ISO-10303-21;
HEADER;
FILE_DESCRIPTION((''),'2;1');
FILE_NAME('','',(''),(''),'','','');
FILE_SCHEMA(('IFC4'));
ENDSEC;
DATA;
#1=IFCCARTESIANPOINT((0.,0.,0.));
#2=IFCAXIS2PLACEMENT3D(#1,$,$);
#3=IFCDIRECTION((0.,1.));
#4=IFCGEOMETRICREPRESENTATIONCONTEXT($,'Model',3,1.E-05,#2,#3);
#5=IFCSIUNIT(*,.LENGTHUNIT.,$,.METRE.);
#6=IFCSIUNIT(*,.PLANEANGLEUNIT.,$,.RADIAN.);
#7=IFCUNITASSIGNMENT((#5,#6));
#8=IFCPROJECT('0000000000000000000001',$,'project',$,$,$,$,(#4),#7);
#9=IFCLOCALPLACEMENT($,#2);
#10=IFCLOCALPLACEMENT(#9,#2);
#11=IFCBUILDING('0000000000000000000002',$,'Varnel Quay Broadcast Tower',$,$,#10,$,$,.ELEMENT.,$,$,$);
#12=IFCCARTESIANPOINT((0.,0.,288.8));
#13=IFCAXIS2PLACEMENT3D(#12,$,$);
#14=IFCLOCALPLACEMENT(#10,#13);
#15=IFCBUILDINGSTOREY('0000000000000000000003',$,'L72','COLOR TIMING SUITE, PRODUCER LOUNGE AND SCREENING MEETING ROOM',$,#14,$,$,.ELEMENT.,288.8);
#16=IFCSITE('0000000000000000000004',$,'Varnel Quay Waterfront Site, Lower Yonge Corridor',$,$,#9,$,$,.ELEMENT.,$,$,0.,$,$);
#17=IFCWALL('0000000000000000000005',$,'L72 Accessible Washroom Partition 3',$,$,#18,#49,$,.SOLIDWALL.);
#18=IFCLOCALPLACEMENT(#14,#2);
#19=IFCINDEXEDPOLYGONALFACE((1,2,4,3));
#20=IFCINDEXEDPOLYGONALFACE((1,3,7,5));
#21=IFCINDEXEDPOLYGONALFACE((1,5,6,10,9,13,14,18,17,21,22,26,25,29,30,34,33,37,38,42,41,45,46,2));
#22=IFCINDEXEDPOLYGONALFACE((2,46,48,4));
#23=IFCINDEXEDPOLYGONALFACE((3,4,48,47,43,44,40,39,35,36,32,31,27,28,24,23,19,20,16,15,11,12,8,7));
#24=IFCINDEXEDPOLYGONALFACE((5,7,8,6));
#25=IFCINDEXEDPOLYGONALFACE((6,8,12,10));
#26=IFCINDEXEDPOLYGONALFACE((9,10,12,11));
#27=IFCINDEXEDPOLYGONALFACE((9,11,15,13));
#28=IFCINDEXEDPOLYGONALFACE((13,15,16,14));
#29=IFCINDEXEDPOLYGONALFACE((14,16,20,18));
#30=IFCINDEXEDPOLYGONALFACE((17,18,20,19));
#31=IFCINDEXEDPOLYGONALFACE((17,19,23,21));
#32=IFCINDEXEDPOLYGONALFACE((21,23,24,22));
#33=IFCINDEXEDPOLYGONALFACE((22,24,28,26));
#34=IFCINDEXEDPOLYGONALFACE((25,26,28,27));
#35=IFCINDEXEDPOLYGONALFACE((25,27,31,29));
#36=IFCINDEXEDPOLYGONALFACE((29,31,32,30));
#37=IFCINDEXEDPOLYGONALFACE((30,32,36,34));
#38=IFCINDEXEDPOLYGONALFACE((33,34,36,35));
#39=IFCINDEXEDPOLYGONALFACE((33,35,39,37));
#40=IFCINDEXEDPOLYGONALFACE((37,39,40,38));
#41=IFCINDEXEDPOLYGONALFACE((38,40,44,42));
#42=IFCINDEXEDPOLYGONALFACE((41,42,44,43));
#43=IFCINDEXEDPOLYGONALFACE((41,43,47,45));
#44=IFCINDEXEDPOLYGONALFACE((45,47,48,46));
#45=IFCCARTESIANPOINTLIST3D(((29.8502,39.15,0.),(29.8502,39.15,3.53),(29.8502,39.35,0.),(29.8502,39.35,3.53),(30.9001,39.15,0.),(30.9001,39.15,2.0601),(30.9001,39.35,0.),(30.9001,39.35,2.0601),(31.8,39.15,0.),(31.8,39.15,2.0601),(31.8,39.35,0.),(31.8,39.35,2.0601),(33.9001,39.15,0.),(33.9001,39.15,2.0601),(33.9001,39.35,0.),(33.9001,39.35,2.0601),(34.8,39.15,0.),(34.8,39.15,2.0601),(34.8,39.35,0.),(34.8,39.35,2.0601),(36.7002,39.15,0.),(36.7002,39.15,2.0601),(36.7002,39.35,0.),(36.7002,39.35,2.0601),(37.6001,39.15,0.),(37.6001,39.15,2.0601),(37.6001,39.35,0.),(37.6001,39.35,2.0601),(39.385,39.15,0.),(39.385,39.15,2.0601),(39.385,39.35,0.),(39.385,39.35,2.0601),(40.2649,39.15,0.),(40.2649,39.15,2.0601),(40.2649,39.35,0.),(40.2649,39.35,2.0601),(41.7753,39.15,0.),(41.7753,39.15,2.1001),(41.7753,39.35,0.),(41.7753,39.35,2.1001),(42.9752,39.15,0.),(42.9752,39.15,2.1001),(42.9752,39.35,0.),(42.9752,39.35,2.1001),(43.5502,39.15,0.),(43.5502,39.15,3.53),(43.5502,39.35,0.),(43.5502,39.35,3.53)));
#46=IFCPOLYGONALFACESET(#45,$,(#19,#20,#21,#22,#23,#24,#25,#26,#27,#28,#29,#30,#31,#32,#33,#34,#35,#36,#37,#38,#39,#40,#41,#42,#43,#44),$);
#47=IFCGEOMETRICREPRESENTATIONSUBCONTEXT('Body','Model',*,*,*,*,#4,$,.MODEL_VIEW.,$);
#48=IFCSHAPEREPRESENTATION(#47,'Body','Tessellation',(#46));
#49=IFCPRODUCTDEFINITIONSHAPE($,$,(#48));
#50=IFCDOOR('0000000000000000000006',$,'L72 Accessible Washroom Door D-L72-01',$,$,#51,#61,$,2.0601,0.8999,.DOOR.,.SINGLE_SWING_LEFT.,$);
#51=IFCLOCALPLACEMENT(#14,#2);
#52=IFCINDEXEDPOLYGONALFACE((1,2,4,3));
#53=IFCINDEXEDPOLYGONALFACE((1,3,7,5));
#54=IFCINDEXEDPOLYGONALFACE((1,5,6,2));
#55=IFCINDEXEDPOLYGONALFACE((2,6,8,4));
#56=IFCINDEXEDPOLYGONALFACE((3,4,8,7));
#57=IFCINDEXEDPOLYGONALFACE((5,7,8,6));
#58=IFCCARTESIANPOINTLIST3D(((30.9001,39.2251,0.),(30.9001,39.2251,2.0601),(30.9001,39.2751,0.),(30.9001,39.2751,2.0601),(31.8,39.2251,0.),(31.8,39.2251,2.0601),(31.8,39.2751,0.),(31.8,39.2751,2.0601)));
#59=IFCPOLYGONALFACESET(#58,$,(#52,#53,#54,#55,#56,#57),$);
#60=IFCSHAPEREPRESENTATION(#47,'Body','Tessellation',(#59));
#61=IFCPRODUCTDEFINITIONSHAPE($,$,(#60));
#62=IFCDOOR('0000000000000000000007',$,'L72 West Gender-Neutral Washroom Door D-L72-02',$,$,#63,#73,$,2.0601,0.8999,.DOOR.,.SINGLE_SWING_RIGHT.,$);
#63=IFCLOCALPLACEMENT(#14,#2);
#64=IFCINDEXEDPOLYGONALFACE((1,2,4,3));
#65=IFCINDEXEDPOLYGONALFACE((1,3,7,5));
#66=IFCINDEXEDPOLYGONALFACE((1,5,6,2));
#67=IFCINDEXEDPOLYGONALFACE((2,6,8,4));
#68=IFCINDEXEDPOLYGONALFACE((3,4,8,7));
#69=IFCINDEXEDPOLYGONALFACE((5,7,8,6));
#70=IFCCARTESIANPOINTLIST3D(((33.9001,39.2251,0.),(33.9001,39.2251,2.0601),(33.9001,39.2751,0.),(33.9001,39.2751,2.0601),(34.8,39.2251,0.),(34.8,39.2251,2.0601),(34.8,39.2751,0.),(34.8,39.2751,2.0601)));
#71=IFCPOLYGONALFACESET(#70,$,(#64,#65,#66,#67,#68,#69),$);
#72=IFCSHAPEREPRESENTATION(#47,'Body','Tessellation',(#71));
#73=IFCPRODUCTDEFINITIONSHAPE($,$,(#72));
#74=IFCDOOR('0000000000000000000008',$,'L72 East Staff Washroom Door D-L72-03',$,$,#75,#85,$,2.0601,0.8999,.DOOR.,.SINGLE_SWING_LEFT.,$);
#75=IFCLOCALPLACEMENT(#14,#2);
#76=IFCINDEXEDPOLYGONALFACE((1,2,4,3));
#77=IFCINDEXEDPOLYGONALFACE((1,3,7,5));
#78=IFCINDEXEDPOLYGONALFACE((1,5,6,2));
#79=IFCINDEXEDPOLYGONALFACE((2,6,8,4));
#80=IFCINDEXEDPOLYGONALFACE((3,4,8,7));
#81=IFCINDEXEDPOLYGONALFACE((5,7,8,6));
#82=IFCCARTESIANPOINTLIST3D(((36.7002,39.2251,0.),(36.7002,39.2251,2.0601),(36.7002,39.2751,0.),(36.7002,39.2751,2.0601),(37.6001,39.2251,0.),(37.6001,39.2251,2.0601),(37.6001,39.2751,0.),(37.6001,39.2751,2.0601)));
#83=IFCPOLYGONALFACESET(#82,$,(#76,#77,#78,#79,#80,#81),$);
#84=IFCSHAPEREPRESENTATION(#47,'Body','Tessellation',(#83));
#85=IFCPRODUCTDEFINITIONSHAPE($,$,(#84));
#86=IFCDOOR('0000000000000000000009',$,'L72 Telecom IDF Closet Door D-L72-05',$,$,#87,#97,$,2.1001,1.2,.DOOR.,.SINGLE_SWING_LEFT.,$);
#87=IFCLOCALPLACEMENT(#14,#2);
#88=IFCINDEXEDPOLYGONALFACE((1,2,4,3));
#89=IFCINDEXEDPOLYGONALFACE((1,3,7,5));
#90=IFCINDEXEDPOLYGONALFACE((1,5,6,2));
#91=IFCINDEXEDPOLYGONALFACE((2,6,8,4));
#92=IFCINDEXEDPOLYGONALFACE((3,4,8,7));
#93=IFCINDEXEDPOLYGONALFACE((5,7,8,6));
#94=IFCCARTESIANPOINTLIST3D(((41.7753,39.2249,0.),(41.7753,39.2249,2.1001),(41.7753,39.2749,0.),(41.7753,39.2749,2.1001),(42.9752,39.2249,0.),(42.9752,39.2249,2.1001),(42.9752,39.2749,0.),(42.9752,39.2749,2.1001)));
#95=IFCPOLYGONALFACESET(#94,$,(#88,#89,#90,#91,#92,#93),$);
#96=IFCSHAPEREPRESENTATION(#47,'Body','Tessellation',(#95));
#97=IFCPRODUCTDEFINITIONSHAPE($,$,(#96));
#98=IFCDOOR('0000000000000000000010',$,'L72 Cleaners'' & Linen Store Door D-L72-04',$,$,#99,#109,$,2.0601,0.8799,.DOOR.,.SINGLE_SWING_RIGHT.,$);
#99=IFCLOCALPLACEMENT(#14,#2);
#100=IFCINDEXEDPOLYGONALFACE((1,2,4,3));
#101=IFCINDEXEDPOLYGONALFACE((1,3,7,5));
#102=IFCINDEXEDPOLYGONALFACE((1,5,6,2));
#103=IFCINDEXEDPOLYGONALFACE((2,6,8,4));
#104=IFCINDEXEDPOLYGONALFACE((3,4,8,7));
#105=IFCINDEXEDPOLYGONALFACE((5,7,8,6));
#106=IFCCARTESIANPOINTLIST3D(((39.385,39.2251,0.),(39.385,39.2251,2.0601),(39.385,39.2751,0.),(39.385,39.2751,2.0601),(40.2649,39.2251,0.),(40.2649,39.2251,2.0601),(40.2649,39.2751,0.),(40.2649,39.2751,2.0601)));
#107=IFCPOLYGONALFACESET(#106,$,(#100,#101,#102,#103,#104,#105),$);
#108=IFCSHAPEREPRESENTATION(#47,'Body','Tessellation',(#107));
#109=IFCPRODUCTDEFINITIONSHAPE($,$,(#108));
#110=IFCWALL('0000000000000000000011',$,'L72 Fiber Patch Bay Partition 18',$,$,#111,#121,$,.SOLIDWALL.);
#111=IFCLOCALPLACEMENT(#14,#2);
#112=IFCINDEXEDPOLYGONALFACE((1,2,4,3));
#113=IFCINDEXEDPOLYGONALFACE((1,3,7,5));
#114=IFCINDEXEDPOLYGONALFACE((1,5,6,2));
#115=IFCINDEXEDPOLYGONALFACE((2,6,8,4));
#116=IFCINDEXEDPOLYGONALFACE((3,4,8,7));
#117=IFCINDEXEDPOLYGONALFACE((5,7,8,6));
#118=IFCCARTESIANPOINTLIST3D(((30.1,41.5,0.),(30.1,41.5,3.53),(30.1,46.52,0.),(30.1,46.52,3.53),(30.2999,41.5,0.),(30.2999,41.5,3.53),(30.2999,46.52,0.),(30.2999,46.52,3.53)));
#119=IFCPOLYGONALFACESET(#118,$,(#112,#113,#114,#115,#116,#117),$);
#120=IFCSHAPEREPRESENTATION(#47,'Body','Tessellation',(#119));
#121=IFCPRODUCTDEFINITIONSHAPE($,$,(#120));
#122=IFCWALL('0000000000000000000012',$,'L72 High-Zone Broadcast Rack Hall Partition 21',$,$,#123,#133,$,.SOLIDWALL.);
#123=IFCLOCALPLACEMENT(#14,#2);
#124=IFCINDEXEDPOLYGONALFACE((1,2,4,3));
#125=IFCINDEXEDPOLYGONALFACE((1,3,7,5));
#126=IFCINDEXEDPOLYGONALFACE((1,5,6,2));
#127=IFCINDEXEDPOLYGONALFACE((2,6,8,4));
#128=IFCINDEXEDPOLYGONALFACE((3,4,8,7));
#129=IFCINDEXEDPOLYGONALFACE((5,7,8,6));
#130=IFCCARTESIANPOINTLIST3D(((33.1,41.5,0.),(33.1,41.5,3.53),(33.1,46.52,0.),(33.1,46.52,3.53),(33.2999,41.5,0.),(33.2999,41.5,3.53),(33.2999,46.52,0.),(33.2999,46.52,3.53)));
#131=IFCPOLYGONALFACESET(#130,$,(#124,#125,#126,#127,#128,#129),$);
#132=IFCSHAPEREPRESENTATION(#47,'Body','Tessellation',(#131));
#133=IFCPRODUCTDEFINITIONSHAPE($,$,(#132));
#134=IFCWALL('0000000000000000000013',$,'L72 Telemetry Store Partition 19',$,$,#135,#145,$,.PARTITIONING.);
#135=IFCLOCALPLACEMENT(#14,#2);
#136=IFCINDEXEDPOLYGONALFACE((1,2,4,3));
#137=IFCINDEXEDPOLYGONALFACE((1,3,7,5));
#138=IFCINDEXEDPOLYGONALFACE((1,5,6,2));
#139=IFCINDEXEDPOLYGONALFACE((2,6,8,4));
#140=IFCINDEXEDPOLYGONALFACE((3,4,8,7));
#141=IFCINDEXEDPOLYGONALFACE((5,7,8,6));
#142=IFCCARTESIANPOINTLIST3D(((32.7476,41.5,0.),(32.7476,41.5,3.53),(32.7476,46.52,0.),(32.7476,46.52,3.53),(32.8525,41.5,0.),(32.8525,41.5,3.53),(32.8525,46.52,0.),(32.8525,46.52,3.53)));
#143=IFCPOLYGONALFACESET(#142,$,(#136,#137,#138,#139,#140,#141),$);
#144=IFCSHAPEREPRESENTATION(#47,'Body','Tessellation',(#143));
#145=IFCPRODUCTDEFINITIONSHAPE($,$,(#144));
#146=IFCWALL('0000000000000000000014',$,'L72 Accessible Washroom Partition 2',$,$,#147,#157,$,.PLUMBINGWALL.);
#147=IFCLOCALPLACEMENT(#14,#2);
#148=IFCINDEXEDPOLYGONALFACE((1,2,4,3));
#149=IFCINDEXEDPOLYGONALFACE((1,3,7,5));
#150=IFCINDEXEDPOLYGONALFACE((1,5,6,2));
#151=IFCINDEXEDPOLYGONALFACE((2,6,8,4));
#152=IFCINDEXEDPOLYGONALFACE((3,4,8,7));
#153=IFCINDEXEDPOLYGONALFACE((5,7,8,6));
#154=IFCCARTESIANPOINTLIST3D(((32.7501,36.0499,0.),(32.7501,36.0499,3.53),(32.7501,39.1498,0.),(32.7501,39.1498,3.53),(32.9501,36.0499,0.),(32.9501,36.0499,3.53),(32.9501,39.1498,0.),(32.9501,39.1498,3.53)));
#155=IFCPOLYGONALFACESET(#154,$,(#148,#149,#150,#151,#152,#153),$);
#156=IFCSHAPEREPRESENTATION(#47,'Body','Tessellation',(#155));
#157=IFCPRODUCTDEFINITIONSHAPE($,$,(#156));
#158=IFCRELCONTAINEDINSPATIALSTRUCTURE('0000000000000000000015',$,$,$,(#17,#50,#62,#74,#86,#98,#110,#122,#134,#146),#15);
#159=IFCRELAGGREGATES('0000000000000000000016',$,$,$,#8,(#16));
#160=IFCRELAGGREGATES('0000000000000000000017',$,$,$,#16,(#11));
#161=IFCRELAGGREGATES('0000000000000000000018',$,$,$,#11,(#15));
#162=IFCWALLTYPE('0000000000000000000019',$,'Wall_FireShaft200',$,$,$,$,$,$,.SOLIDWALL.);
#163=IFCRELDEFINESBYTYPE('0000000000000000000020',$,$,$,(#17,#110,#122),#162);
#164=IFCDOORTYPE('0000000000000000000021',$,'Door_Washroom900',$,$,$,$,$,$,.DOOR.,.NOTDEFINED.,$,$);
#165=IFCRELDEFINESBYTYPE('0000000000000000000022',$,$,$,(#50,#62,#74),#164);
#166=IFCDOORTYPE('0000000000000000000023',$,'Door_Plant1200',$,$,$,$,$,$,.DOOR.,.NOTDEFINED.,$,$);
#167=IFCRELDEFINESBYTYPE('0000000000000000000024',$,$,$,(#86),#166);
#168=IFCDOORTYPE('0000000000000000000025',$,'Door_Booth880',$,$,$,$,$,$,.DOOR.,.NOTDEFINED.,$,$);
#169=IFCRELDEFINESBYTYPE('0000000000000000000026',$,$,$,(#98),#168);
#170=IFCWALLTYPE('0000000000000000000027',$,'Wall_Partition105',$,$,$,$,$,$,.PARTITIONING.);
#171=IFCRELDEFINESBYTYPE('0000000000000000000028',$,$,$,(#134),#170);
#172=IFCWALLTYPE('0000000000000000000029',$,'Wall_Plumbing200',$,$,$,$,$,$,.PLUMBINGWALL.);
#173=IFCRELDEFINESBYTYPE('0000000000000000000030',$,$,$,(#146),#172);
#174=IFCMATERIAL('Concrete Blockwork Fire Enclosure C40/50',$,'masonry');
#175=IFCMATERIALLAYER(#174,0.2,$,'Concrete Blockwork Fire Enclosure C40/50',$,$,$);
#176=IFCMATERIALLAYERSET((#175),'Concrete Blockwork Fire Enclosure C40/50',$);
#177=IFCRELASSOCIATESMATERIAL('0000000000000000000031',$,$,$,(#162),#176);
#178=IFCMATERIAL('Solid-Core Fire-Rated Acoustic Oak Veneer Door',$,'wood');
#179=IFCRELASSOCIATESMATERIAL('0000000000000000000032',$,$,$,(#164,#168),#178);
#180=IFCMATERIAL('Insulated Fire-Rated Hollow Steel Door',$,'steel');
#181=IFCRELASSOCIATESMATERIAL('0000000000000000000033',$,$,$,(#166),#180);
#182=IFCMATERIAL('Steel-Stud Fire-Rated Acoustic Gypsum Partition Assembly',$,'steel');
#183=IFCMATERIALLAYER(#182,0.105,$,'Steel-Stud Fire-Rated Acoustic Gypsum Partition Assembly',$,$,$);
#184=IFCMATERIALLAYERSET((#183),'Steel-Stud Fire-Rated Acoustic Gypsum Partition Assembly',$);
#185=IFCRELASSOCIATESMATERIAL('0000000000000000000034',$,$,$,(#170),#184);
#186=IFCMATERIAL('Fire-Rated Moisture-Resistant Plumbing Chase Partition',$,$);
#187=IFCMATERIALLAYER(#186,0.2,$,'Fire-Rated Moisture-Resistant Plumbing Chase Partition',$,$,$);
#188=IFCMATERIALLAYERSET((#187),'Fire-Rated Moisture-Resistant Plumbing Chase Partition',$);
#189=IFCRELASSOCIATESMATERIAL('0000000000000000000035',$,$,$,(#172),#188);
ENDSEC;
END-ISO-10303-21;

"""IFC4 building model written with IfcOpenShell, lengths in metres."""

from ifc_helpers import new_model, si_unit, direction, frame, frame_2d, origin, place, context, subcontext, project, spatial, rectangle, extrude, source, transform, mapped, material, layer, layer_set, type_object, type_shapes, element, fill, save


model = new_model("IFC4")

# Units and contexts
model_context = context("Model", 3, precision=1e-05, world=origin(), true_north=direction((0.0, 1.0)))
body_context = subcontext(model_context, "Body", "Model", "MODEL_VIEW")
ifc_project = project(units=[si_unit("LENGTHUNIT", "METRE"), si_unit("PLANEANGLEUNIT", "RADIAN")], contexts=[model_context])

# Site, building, storey
site_placement = place(None, origin())
site = spatial("IfcSite", under=ifc_project, at=site_placement, Name="Varnel Quay Waterfront Site, Lower Yonge Corridor", CompositionType="ELEMENT", RefElevation=0.0)
building_placement = place(site_placement, origin())
building = spatial("IfcBuilding", under=site, at=building_placement, Name="Varnel Quay Broadcast Tower", CompositionType="ELEMENT")
storey_placement = place(building_placement, frame((0.0, 0.0, 288.8)))
storey = spatial("IfcBuildingStorey", under=building, at=storey_placement, Name="L72", Description="COLOR TIMING SUITE, PRODUCER LOUNGE AND SCREENING MEETING ROOM", CompositionType="ELEMENT", Elevation=288.8)

# Shared definitions
ifc_material_1 = material(Name="Concrete Blockwork Fire Enclosure C40/50", Category="masonry")
ifc_layer_1 = layer(ifc_material_1, 0.2, Name="Concrete Blockwork Fire Enclosure C40/50")
ifc_layer_set_1 = layer_set([ifc_layer_1], Name="Concrete Blockwork Fire Enclosure C40/50")
wall_type_1 = type_object("IfcWallType", Name="Wall_FireShaft200", PredefinedType="SOLIDWALL", material=ifc_layer_set_1)

# Wall, openings, doors
wall_1_placement = place(storey_placement, frame((29.8501, 39.25, 0.0), z_axis=(0.0, 0.0, 1.0), x_axis=(1.0, 0.0, 0.0)))
wall_1 = element("IfcWall", 1, at=wall_1_placement, inside=storey, type_object=wall_type_1, Name="L72 Accessible Washroom Partition 3", PredefinedType="SOLIDWALL", context=body_context, shape_type="SweptSolid", body=[
    extrude(rectangle(XDim=13.7, YDim=0.2, at=frame_2d((6.8501, 0.0))), origin(), (0.0, 0.0, 1.0), 3.53),
])
opening_1_placement = place(wall_1_placement, frame((1.05, 0.0, 0.0)))
opening_1 = element("IfcOpeningElement", 2, at=opening_1_placement, cuts=wall_1, PredefinedType="OPENING", context=body_context, shape_type="SweptSolid", body=[
    extrude(rectangle(XDim=0.8999, YDim=2.0601, at=frame_2d((0.45, 1.03))), frame((0.0, 0.1099, 0.0), z_axis=(0.0, -1.0, 0.0), x_axis=(1.0, 0.0, 0.0)), (0.0, 0.0, 1.0), 0.22),
])
opening_2_placement = place(wall_1_placement, frame((4.05, 0.0, 0.0)))
opening_2 = element("IfcOpeningElement", 3, at=opening_2_placement, cuts=wall_1, PredefinedType="OPENING", context=body_context, shape_type="SweptSolid", body=[
    extrude(rectangle(XDim=0.8999, YDim=2.0601, at=frame_2d((0.45, 1.03))), frame((0.0, 0.1099, 0.0), z_axis=(0.0, -1.0, 0.0), x_axis=(1.0, 0.0, 0.0)), (0.0, 0.0, 1.0), 0.22),
])
opening_3_placement = place(wall_1_placement, frame((6.8501, 0.0, 0.0)))
opening_3 = element("IfcOpeningElement", 4, at=opening_3_placement, cuts=wall_1, PredefinedType="OPENING", context=body_context, shape_type="SweptSolid", body=[
    extrude(rectangle(XDim=0.8999, YDim=2.0601, at=frame_2d((0.45, 1.03))), frame((0.0, 0.1099, 0.0), z_axis=(0.0, -1.0, 0.0), x_axis=(1.0, 0.0, 0.0)), (0.0, 0.0, 1.0), 0.22),
])
opening_4_placement = place(wall_1_placement, frame((9.5349, 0.0, 0.0)))
opening_4 = element("IfcOpeningElement", 5, at=opening_4_placement, cuts=wall_1, PredefinedType="OPENING", context=body_context, shape_type="SweptSolid", body=[
    extrude(rectangle(XDim=0.8799, YDim=2.0601, at=frame_2d((0.4399, 1.03))), frame((0.0, 0.1099, 0.0), z_axis=(0.0, -1.0, 0.0), x_axis=(1.0, 0.0, 0.0)), (0.0, 0.0, 1.0), 0.22),
])
opening_5_placement = place(wall_1_placement, frame((11.925, 0.0, 0.0)))
opening_5 = element("IfcOpeningElement", 6, at=opening_5_placement, cuts=wall_1, PredefinedType="OPENING", context=body_context, shape_type="SweptSolid", body=[
    extrude(rectangle(XDim=1.2, YDim=2.1001, at=frame_2d((0.6001, 1.05))), frame((0.0, 0.1099, 0.0), z_axis=(0.0, -1.0, 0.0), x_axis=(1.0, 0.0, 0.0)), (0.0, 0.0, 1.0), 0.22),
])
ifc_material_2 = material(Name="Solid-Core Fire-Rated Acoustic Oak Veneer Door", Category="wood")
door_type_1 = type_object("IfcDoorType", Name="Door_Washroom900", OperationType="NOTDEFINED", PredefinedType="DOOR", material=ifc_material_2)
shared_shape_1 = source(origin(), body_context, "Body", "SweptSolid", [
    extrude(rectangle(XDim=0.8999, YDim=2.0601, at=frame_2d((0.45, 1.03))), frame((0.0, 0.0249, 0.0), z_axis=(0.0, -1.0, 0.0), x_axis=(1.0, 0.0, 0.0)), (0.0, 0.0, 1.0), 0.05),
])
type_shapes(door_type_1, [shared_shape_1])
door_1_placement = place(opening_1_placement, frame((0.8999, 0.0, 0.0), z_axis=(0.0, 0.0, 1.0), x_axis=(-1.0, 0.0, 0.0)))
door_1 = element("IfcDoor", 7, at=door_1_placement, inside=storey, type_object=door_type_1, Name="L72 Accessible Washroom Door D-L72-01", OperationType="SINGLE_SWING_LEFT", OverallHeight=2.0601, OverallWidth=0.8999, PredefinedType="DOOR", context=body_context, shape_type="MappedRepresentation", body=[
    mapped(shared_shape_1, transform((0.0, 0.0, 0.0), x_axis=(1.0, 0.0, 0.0), y_axis=(0.0, 1.0, 0.0), z_axis=(0.0, 0.0, 1.0), scale=1.0)),
])
fill(opening_1, door_1)
door_2_placement = place(opening_2_placement, frame((0.8999, 0.0, 0.0), z_axis=(0.0, 0.0, 1.0), x_axis=(-1.0, 0.0, 0.0)))
door_2 = element("IfcDoor", 8, at=door_2_placement, inside=storey, type_object=door_type_1, Name="L72 West Gender-Neutral Washroom Door D-L72-02", OperationType="SINGLE_SWING_RIGHT", OverallHeight=2.0601, OverallWidth=0.8999, PredefinedType="DOOR", context=body_context, shape_type="MappedRepresentation", body=[
    mapped(shared_shape_1, transform((0.0, 0.0, 0.0), x_axis=(1.0, 0.0, 0.0), y_axis=(0.0, 1.0, 0.0), z_axis=(0.0, 0.0, 1.0), scale=1.0)),
])
fill(opening_2, door_2)
door_3_placement = place(opening_3_placement, frame((0.8999, 0.0, 0.0), z_axis=(0.0, 0.0, 1.0), x_axis=(-1.0, 0.0, 0.0)))
door_3 = element("IfcDoor", 9, at=door_3_placement, inside=storey, type_object=door_type_1, Name="L72 East Staff Washroom Door D-L72-03", OperationType="SINGLE_SWING_LEFT", OverallHeight=2.0601, OverallWidth=0.8999, PredefinedType="DOOR", context=body_context, shape_type="MappedRepresentation", body=[
    mapped(shared_shape_1, transform((0.0, 0.0, 0.0), x_axis=(1.0, 0.0, 0.0), y_axis=(0.0, 1.0, 0.0), z_axis=(0.0, 0.0, 1.0), scale=1.0)),
])
fill(opening_3, door_3)
ifc_material_3 = material(Name="Insulated Fire-Rated Hollow Steel Door", Category="steel")
door_type_2 = type_object("IfcDoorType", Name="Door_Plant1200", OperationType="NOTDEFINED", PredefinedType="DOOR", material=ifc_material_3)
shared_shape_2 = source(origin(), body_context, "Body", "SweptSolid", [
    extrude(rectangle(XDim=1.2, YDim=2.1001, at=frame_2d((0.6001, 1.05))), frame((0.0, 0.0249, 0.0), z_axis=(0.0, -1.0, 0.0), x_axis=(1.0, 0.0, 0.0)), (0.0, 0.0, 1.0), 0.05),
])
type_shapes(door_type_2, [shared_shape_2])
door_4_placement = place(opening_5_placement, origin())
door_4 = element("IfcDoor", 10, at=door_4_placement, inside=storey, type_object=door_type_2, Name="L72 Telecom IDF Closet Door D-L72-05", OperationType="SINGLE_SWING_LEFT", OverallHeight=2.1001, OverallWidth=1.2, PredefinedType="DOOR", context=body_context, shape_type="MappedRepresentation", body=[
    mapped(shared_shape_2, transform((0.0, 0.0, 0.0), x_axis=(1.0, 0.0, 0.0), y_axis=(0.0, 1.0, 0.0), z_axis=(0.0, 0.0, 1.0), scale=1.0)),
])
fill(opening_5, door_4)
door_type_3 = type_object("IfcDoorType", Name="Door_Booth880", OperationType="NOTDEFINED", PredefinedType="DOOR", material=ifc_material_2)
shared_shape_3 = source(origin(), body_context, "Body", "SweptSolid", [
    extrude(rectangle(XDim=0.8799, YDim=2.0601, at=frame_2d((0.4399, 1.03))), frame((0.0, 0.0249, 0.0), z_axis=(0.0, -1.0, 0.0), x_axis=(1.0, 0.0, 0.0)), (0.0, 0.0, 1.0), 0.05),
])
type_shapes(door_type_3, [shared_shape_3])
door_5_placement = place(opening_4_placement, frame((0.8799, 0.0, 0.0), z_axis=(0.0, 0.0, 1.0), x_axis=(-1.0, 0.0, 0.0)))
door_5 = element("IfcDoor", 11, at=door_5_placement, inside=storey, type_object=door_type_3, Name="L72 Cleaners' & Linen Store Door D-L72-04", OperationType="SINGLE_SWING_RIGHT", OverallHeight=2.0601, OverallWidth=0.8799, PredefinedType="DOOR", context=body_context, shape_type="MappedRepresentation", body=[
    mapped(shared_shape_3, transform((0.0, 0.0, 0.0), x_axis=(1.0, 0.0, 0.0), y_axis=(0.0, 1.0, 0.0), z_axis=(0.0, 0.0, 1.0), scale=1.0)),
])
fill(opening_4, door_5)

# Walls
for number, where, z_axis, x_axis, name in (
    (12, (30.2, 41.5, 0.0), (0.0, 0.0, 1.0), (0.0, 1.0, 0.0), "L72 Fiber Patch Bay Partition 18"),
    (13, (33.2, 41.5, 0.0), (0.0, 0.0, 1.0), (0.0, 1.0, 0.0), "L72 High-Zone Broadcast Rack Hall Partition 21"),
):
    element("IfcWall", number, at=place(storey_placement, frame(where, z_axis=z_axis, x_axis=x_axis)), inside=storey, type_object=wall_type_1, Name=name, PredefinedType="SOLIDWALL", context=body_context, shape_type="SweptSolid", body=[
        extrude(rectangle(XDim=5.02, YDim=0.2, at=frame_2d((2.51, 0.0))), origin(), (0.0, 0.0, 1.0), 3.53),
    ])
ifc_material_4 = material(Name="Steel-Stud Fire-Rated Acoustic Gypsum Partition Assembly", Category="steel")
ifc_layer_2 = layer(ifc_material_4, 0.105, Name="Steel-Stud Fire-Rated Acoustic Gypsum Partition Assembly")
ifc_layer_set_2 = layer_set([ifc_layer_2], Name="Steel-Stud Fire-Rated Acoustic Gypsum Partition Assembly")
wall_type_2 = type_object("IfcWallType", Name="Wall_Partition105", PredefinedType="PARTITIONING", material=ifc_layer_set_2)
wall_2_placement = place(storey_placement, frame((32.8, 41.5, 0.0), z_axis=(0.0, 0.0, 1.0), x_axis=(0.0, 1.0, 0.0)))
element("IfcWall", 14, at=wall_2_placement, inside=storey, type_object=wall_type_2, Name="L72 Telemetry Store Partition 19", PredefinedType="PARTITIONING", context=body_context, shape_type="SweptSolid", body=[
    extrude(rectangle(XDim=5.02, YDim=0.105, at=frame_2d((2.51, 0.0))), origin(), (0.0, 0.0, 1.0), 3.53),
])
ifc_material_5 = material(Name="Fire-Rated Moisture-Resistant Plumbing Chase Partition")
ifc_layer_3 = layer(ifc_material_5, 0.2, Name="Fire-Rated Moisture-Resistant Plumbing Chase Partition")
ifc_layer_set_3 = layer_set([ifc_layer_3], Name="Fire-Rated Moisture-Resistant Plumbing Chase Partition")
wall_type_3 = type_object("IfcWallType", Name="Wall_Plumbing200", PredefinedType="PLUMBINGWALL", material=ifc_layer_set_3)
for number, where, z_axis, x_axis, name in (
    (15, (32.8501, 36.05, 0.0), (0.0, 0.0, 1.0), (0.0, 1.0, 0.0), "L72 Accessible Washroom Partition 2"),
):
    element("IfcWall", number, at=place(storey_placement, frame(where, z_axis=z_axis, x_axis=x_axis)), inside=storey, type_object=wall_type_3, Name=name, PredefinedType="PLUMBINGWALL", context=body_context, shape_type="SweptSolid", body=[
        extrude(rectangle(XDim=3.0999, YDim=0.2, at=frame_2d((1.5498, 0.0))), origin(), (0.0, 0.0, 1.0), 3.53),
    ])

save(model, "model.ifc")
